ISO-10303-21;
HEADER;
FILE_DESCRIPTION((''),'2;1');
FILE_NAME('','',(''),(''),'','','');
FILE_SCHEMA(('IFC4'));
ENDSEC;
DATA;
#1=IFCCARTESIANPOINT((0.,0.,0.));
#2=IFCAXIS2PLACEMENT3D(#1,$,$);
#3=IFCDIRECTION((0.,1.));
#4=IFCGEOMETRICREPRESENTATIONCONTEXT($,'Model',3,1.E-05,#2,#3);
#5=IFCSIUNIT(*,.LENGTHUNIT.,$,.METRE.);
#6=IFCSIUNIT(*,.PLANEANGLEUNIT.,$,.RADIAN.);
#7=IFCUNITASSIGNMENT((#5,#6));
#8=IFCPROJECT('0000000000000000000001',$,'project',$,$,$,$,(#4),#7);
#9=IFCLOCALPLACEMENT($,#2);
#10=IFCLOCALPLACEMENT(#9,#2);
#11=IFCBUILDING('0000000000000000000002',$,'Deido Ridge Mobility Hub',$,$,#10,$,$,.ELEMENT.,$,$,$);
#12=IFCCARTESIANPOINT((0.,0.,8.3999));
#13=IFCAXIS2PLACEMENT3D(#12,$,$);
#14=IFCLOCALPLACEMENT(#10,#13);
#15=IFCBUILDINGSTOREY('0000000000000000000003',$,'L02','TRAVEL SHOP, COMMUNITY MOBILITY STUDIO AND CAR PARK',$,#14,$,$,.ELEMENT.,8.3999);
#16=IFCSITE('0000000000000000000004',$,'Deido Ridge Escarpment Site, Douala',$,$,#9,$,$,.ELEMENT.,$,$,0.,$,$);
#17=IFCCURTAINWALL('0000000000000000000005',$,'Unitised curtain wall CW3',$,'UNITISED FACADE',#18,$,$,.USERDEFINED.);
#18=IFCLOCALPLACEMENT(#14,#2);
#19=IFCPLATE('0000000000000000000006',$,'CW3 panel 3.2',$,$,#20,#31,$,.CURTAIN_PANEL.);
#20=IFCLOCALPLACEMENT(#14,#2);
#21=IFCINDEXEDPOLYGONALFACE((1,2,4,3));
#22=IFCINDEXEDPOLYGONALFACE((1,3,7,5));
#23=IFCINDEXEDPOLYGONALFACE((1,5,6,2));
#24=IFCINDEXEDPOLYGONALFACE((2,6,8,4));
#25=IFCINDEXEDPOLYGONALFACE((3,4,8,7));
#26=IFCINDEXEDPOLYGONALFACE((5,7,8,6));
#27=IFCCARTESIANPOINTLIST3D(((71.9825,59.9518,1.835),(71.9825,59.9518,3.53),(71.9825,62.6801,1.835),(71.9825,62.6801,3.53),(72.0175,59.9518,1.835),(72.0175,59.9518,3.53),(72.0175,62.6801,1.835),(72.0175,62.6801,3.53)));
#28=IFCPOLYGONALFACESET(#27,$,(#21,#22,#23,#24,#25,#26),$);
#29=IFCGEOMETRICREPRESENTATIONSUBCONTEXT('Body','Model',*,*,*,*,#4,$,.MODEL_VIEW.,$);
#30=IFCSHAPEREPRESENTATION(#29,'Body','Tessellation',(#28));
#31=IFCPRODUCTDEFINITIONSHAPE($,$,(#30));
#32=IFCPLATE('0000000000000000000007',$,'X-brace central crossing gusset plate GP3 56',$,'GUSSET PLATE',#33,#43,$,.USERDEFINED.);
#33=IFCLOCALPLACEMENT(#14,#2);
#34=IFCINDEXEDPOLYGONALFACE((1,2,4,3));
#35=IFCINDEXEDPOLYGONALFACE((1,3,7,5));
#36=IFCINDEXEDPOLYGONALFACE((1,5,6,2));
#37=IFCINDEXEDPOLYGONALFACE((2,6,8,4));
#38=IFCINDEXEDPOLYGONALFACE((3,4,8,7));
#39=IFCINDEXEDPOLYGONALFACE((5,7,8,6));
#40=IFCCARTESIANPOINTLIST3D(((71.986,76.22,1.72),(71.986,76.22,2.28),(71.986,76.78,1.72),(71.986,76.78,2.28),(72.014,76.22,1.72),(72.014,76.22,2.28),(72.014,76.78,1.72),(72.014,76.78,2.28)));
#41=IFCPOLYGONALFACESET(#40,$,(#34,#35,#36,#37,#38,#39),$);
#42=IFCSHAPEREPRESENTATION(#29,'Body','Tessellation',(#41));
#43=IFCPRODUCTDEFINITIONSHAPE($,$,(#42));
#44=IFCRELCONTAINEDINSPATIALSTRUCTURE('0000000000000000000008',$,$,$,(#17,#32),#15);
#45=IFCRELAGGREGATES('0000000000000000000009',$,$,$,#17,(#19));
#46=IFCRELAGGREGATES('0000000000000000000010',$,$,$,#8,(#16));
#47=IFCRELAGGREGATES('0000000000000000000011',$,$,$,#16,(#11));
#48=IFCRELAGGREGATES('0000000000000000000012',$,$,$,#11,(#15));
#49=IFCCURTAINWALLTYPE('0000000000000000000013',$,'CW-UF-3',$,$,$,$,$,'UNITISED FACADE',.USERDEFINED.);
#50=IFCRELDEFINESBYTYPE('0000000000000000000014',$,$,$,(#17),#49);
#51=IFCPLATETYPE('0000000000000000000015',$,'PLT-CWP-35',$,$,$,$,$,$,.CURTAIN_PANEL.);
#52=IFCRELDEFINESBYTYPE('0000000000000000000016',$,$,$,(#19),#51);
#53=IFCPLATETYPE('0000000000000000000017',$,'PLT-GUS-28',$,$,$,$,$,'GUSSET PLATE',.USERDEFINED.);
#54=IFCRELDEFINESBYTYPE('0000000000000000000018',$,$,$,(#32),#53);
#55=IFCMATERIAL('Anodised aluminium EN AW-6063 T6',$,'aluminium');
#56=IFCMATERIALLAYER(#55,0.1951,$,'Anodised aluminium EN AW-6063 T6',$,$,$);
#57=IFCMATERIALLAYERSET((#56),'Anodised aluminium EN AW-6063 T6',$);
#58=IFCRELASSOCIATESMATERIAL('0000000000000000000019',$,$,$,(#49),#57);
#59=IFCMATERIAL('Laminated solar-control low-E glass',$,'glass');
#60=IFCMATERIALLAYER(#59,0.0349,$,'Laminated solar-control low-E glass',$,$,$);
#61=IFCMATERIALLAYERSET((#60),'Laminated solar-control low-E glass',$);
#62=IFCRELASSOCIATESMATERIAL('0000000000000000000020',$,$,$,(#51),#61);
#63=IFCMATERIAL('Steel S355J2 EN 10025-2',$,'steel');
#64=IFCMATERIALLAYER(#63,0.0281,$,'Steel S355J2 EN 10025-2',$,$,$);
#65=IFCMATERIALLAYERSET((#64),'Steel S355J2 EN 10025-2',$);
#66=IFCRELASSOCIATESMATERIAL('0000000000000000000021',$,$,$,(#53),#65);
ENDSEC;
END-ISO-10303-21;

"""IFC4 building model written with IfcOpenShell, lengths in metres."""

from ifc_helpers import new_model, si_unit, direction, frame, origin, origin_2d, place, context, subcontext, project, spatial, rectangle, extrude, material, layer, layer_set, type_object, element, aggregate, save


model = new_model("IFC4")

# Units and contexts
model_context = context("Model", 3, precision=1e-05, world=origin(), true_north=direction((0.0, 1.0)))
body_context = subcontext(model_context, "Body", "Model", "MODEL_VIEW")
ifc_project = project(units=[si_unit("LENGTHUNIT", "METRE"), si_unit("PLANEANGLEUNIT", "RADIAN")], contexts=[model_context])

# Site, building, storey
site_placement = place(None, origin())
site = spatial("IfcSite", under=ifc_project, at=site_placement, Name="Deido Ridge Escarpment Site, Douala", CompositionType="ELEMENT", RefElevation=0.0)
building_placement = place(site_placement, origin())
building = spatial("IfcBuilding", under=site, at=building_placement, Name="Deido Ridge Mobility Hub", CompositionType="ELEMENT")
storey_placement = place(building_placement, frame((0.0, 0.0, 8.3999)))
storey = spatial("IfcBuildingStorey", under=building, at=storey_placement, Name="L02", Description="TRAVEL SHOP, COMMUNITY MOBILITY STUDIO AND CAR PARK", CompositionType="ELEMENT", Elevation=8.3999)

# Shared definitions
ifc_material_1 = material(Name="Steel S355J2 EN 10025-2", Category="steel")

# Curtain wall
ifc_material_2 = material(Name="Anodised aluminium EN AW-6063 T6", Category="aluminium")
ifc_layer_1 = layer(ifc_material_2, 0.1951, Name="Anodised aluminium EN AW-6063 T6")
ifc_layer_set_1 = layer_set([ifc_layer_1], Name="Anodised aluminium EN AW-6063 T6")
curtain_wall_type_1 = type_object("IfcCurtainWallType", Name="CW-UF-3", ElementType="UNITISED FACADE", PredefinedType="USERDEFINED", material=ifc_layer_set_1)
curtain_wall_1_placement = place(storey_placement, origin())
curtain_wall_1 = element("IfcCurtainWall", 1, at=curtain_wall_1_placement, inside=storey, type_object=curtain_wall_type_1, Name="Unitised curtain wall CW3", ObjectType="UNITISED FACADE", PredefinedType="USERDEFINED")

# Plates
ifc_material_3 = material(Name="Laminated solar-control low-E glass", Category="glass")
ifc_layer_2 = layer(ifc_material_3, 0.0349, Name="Laminated solar-control low-E glass")
ifc_layer_set_2 = layer_set([ifc_layer_2], Name="Laminated solar-control low-E glass")
plate_type_1 = type_object("IfcPlateType", Name="PLT-CWP-35", PredefinedType="CURTAIN_PANEL", material=ifc_layer_set_2)
plate_1_placement = place(storey_placement, frame((72.0, 61.3159, 1.835), z_axis=(0.0, 0.0, 1.0), x_axis=(0.0, 1.0, 0.0)))
plate_1 = element("IfcPlate", 2, at=plate_1_placement, type_object=plate_type_1, Name="CW3 panel 3.2", PredefinedType="CURTAIN_PANEL", context=body_context, shape_type="SweptSolid", body=[
    extrude(rectangle(XDim=2.7283, YDim=0.0349, at=origin_2d()), origin(), (0.0, 0.0, 1.0), 1.6951),
])
aggregate(curtain_wall_1, [plate_1])
ifc_layer_3 = layer(ifc_material_1, 0.0281, Name="Steel S355J2 EN 10025-2")
ifc_layer_set_3 = layer_set([ifc_layer_3], Name="Steel S355J2 EN 10025-2")
plate_type_2 = type_object("IfcPlateType", Name="PLT-GUS-28", ElementType="GUSSET PLATE", PredefinedType="USERDEFINED", material=ifc_layer_set_3)
plate_2_placement = place(storey_placement, frame((72.0, 76.5, 1.72), z_axis=(0.0, 0.0, 1.0), x_axis=(0.0, 1.0, 0.0)))
element("IfcPlate", 3, at=plate_2_placement, inside=storey, type_object=plate_type_2, Name="X-brace central crossing gusset plate GP3 56", ObjectType="GUSSET PLATE", PredefinedType="USERDEFINED", context=body_context, shape_type="SweptSolid", body=[
    extrude(rectangle(XDim=0.5601, YDim=0.0281, at=origin_2d()), origin(), (0.0, 0.0, 1.0), 0.5601),
])

save(model, "model.ifc")
